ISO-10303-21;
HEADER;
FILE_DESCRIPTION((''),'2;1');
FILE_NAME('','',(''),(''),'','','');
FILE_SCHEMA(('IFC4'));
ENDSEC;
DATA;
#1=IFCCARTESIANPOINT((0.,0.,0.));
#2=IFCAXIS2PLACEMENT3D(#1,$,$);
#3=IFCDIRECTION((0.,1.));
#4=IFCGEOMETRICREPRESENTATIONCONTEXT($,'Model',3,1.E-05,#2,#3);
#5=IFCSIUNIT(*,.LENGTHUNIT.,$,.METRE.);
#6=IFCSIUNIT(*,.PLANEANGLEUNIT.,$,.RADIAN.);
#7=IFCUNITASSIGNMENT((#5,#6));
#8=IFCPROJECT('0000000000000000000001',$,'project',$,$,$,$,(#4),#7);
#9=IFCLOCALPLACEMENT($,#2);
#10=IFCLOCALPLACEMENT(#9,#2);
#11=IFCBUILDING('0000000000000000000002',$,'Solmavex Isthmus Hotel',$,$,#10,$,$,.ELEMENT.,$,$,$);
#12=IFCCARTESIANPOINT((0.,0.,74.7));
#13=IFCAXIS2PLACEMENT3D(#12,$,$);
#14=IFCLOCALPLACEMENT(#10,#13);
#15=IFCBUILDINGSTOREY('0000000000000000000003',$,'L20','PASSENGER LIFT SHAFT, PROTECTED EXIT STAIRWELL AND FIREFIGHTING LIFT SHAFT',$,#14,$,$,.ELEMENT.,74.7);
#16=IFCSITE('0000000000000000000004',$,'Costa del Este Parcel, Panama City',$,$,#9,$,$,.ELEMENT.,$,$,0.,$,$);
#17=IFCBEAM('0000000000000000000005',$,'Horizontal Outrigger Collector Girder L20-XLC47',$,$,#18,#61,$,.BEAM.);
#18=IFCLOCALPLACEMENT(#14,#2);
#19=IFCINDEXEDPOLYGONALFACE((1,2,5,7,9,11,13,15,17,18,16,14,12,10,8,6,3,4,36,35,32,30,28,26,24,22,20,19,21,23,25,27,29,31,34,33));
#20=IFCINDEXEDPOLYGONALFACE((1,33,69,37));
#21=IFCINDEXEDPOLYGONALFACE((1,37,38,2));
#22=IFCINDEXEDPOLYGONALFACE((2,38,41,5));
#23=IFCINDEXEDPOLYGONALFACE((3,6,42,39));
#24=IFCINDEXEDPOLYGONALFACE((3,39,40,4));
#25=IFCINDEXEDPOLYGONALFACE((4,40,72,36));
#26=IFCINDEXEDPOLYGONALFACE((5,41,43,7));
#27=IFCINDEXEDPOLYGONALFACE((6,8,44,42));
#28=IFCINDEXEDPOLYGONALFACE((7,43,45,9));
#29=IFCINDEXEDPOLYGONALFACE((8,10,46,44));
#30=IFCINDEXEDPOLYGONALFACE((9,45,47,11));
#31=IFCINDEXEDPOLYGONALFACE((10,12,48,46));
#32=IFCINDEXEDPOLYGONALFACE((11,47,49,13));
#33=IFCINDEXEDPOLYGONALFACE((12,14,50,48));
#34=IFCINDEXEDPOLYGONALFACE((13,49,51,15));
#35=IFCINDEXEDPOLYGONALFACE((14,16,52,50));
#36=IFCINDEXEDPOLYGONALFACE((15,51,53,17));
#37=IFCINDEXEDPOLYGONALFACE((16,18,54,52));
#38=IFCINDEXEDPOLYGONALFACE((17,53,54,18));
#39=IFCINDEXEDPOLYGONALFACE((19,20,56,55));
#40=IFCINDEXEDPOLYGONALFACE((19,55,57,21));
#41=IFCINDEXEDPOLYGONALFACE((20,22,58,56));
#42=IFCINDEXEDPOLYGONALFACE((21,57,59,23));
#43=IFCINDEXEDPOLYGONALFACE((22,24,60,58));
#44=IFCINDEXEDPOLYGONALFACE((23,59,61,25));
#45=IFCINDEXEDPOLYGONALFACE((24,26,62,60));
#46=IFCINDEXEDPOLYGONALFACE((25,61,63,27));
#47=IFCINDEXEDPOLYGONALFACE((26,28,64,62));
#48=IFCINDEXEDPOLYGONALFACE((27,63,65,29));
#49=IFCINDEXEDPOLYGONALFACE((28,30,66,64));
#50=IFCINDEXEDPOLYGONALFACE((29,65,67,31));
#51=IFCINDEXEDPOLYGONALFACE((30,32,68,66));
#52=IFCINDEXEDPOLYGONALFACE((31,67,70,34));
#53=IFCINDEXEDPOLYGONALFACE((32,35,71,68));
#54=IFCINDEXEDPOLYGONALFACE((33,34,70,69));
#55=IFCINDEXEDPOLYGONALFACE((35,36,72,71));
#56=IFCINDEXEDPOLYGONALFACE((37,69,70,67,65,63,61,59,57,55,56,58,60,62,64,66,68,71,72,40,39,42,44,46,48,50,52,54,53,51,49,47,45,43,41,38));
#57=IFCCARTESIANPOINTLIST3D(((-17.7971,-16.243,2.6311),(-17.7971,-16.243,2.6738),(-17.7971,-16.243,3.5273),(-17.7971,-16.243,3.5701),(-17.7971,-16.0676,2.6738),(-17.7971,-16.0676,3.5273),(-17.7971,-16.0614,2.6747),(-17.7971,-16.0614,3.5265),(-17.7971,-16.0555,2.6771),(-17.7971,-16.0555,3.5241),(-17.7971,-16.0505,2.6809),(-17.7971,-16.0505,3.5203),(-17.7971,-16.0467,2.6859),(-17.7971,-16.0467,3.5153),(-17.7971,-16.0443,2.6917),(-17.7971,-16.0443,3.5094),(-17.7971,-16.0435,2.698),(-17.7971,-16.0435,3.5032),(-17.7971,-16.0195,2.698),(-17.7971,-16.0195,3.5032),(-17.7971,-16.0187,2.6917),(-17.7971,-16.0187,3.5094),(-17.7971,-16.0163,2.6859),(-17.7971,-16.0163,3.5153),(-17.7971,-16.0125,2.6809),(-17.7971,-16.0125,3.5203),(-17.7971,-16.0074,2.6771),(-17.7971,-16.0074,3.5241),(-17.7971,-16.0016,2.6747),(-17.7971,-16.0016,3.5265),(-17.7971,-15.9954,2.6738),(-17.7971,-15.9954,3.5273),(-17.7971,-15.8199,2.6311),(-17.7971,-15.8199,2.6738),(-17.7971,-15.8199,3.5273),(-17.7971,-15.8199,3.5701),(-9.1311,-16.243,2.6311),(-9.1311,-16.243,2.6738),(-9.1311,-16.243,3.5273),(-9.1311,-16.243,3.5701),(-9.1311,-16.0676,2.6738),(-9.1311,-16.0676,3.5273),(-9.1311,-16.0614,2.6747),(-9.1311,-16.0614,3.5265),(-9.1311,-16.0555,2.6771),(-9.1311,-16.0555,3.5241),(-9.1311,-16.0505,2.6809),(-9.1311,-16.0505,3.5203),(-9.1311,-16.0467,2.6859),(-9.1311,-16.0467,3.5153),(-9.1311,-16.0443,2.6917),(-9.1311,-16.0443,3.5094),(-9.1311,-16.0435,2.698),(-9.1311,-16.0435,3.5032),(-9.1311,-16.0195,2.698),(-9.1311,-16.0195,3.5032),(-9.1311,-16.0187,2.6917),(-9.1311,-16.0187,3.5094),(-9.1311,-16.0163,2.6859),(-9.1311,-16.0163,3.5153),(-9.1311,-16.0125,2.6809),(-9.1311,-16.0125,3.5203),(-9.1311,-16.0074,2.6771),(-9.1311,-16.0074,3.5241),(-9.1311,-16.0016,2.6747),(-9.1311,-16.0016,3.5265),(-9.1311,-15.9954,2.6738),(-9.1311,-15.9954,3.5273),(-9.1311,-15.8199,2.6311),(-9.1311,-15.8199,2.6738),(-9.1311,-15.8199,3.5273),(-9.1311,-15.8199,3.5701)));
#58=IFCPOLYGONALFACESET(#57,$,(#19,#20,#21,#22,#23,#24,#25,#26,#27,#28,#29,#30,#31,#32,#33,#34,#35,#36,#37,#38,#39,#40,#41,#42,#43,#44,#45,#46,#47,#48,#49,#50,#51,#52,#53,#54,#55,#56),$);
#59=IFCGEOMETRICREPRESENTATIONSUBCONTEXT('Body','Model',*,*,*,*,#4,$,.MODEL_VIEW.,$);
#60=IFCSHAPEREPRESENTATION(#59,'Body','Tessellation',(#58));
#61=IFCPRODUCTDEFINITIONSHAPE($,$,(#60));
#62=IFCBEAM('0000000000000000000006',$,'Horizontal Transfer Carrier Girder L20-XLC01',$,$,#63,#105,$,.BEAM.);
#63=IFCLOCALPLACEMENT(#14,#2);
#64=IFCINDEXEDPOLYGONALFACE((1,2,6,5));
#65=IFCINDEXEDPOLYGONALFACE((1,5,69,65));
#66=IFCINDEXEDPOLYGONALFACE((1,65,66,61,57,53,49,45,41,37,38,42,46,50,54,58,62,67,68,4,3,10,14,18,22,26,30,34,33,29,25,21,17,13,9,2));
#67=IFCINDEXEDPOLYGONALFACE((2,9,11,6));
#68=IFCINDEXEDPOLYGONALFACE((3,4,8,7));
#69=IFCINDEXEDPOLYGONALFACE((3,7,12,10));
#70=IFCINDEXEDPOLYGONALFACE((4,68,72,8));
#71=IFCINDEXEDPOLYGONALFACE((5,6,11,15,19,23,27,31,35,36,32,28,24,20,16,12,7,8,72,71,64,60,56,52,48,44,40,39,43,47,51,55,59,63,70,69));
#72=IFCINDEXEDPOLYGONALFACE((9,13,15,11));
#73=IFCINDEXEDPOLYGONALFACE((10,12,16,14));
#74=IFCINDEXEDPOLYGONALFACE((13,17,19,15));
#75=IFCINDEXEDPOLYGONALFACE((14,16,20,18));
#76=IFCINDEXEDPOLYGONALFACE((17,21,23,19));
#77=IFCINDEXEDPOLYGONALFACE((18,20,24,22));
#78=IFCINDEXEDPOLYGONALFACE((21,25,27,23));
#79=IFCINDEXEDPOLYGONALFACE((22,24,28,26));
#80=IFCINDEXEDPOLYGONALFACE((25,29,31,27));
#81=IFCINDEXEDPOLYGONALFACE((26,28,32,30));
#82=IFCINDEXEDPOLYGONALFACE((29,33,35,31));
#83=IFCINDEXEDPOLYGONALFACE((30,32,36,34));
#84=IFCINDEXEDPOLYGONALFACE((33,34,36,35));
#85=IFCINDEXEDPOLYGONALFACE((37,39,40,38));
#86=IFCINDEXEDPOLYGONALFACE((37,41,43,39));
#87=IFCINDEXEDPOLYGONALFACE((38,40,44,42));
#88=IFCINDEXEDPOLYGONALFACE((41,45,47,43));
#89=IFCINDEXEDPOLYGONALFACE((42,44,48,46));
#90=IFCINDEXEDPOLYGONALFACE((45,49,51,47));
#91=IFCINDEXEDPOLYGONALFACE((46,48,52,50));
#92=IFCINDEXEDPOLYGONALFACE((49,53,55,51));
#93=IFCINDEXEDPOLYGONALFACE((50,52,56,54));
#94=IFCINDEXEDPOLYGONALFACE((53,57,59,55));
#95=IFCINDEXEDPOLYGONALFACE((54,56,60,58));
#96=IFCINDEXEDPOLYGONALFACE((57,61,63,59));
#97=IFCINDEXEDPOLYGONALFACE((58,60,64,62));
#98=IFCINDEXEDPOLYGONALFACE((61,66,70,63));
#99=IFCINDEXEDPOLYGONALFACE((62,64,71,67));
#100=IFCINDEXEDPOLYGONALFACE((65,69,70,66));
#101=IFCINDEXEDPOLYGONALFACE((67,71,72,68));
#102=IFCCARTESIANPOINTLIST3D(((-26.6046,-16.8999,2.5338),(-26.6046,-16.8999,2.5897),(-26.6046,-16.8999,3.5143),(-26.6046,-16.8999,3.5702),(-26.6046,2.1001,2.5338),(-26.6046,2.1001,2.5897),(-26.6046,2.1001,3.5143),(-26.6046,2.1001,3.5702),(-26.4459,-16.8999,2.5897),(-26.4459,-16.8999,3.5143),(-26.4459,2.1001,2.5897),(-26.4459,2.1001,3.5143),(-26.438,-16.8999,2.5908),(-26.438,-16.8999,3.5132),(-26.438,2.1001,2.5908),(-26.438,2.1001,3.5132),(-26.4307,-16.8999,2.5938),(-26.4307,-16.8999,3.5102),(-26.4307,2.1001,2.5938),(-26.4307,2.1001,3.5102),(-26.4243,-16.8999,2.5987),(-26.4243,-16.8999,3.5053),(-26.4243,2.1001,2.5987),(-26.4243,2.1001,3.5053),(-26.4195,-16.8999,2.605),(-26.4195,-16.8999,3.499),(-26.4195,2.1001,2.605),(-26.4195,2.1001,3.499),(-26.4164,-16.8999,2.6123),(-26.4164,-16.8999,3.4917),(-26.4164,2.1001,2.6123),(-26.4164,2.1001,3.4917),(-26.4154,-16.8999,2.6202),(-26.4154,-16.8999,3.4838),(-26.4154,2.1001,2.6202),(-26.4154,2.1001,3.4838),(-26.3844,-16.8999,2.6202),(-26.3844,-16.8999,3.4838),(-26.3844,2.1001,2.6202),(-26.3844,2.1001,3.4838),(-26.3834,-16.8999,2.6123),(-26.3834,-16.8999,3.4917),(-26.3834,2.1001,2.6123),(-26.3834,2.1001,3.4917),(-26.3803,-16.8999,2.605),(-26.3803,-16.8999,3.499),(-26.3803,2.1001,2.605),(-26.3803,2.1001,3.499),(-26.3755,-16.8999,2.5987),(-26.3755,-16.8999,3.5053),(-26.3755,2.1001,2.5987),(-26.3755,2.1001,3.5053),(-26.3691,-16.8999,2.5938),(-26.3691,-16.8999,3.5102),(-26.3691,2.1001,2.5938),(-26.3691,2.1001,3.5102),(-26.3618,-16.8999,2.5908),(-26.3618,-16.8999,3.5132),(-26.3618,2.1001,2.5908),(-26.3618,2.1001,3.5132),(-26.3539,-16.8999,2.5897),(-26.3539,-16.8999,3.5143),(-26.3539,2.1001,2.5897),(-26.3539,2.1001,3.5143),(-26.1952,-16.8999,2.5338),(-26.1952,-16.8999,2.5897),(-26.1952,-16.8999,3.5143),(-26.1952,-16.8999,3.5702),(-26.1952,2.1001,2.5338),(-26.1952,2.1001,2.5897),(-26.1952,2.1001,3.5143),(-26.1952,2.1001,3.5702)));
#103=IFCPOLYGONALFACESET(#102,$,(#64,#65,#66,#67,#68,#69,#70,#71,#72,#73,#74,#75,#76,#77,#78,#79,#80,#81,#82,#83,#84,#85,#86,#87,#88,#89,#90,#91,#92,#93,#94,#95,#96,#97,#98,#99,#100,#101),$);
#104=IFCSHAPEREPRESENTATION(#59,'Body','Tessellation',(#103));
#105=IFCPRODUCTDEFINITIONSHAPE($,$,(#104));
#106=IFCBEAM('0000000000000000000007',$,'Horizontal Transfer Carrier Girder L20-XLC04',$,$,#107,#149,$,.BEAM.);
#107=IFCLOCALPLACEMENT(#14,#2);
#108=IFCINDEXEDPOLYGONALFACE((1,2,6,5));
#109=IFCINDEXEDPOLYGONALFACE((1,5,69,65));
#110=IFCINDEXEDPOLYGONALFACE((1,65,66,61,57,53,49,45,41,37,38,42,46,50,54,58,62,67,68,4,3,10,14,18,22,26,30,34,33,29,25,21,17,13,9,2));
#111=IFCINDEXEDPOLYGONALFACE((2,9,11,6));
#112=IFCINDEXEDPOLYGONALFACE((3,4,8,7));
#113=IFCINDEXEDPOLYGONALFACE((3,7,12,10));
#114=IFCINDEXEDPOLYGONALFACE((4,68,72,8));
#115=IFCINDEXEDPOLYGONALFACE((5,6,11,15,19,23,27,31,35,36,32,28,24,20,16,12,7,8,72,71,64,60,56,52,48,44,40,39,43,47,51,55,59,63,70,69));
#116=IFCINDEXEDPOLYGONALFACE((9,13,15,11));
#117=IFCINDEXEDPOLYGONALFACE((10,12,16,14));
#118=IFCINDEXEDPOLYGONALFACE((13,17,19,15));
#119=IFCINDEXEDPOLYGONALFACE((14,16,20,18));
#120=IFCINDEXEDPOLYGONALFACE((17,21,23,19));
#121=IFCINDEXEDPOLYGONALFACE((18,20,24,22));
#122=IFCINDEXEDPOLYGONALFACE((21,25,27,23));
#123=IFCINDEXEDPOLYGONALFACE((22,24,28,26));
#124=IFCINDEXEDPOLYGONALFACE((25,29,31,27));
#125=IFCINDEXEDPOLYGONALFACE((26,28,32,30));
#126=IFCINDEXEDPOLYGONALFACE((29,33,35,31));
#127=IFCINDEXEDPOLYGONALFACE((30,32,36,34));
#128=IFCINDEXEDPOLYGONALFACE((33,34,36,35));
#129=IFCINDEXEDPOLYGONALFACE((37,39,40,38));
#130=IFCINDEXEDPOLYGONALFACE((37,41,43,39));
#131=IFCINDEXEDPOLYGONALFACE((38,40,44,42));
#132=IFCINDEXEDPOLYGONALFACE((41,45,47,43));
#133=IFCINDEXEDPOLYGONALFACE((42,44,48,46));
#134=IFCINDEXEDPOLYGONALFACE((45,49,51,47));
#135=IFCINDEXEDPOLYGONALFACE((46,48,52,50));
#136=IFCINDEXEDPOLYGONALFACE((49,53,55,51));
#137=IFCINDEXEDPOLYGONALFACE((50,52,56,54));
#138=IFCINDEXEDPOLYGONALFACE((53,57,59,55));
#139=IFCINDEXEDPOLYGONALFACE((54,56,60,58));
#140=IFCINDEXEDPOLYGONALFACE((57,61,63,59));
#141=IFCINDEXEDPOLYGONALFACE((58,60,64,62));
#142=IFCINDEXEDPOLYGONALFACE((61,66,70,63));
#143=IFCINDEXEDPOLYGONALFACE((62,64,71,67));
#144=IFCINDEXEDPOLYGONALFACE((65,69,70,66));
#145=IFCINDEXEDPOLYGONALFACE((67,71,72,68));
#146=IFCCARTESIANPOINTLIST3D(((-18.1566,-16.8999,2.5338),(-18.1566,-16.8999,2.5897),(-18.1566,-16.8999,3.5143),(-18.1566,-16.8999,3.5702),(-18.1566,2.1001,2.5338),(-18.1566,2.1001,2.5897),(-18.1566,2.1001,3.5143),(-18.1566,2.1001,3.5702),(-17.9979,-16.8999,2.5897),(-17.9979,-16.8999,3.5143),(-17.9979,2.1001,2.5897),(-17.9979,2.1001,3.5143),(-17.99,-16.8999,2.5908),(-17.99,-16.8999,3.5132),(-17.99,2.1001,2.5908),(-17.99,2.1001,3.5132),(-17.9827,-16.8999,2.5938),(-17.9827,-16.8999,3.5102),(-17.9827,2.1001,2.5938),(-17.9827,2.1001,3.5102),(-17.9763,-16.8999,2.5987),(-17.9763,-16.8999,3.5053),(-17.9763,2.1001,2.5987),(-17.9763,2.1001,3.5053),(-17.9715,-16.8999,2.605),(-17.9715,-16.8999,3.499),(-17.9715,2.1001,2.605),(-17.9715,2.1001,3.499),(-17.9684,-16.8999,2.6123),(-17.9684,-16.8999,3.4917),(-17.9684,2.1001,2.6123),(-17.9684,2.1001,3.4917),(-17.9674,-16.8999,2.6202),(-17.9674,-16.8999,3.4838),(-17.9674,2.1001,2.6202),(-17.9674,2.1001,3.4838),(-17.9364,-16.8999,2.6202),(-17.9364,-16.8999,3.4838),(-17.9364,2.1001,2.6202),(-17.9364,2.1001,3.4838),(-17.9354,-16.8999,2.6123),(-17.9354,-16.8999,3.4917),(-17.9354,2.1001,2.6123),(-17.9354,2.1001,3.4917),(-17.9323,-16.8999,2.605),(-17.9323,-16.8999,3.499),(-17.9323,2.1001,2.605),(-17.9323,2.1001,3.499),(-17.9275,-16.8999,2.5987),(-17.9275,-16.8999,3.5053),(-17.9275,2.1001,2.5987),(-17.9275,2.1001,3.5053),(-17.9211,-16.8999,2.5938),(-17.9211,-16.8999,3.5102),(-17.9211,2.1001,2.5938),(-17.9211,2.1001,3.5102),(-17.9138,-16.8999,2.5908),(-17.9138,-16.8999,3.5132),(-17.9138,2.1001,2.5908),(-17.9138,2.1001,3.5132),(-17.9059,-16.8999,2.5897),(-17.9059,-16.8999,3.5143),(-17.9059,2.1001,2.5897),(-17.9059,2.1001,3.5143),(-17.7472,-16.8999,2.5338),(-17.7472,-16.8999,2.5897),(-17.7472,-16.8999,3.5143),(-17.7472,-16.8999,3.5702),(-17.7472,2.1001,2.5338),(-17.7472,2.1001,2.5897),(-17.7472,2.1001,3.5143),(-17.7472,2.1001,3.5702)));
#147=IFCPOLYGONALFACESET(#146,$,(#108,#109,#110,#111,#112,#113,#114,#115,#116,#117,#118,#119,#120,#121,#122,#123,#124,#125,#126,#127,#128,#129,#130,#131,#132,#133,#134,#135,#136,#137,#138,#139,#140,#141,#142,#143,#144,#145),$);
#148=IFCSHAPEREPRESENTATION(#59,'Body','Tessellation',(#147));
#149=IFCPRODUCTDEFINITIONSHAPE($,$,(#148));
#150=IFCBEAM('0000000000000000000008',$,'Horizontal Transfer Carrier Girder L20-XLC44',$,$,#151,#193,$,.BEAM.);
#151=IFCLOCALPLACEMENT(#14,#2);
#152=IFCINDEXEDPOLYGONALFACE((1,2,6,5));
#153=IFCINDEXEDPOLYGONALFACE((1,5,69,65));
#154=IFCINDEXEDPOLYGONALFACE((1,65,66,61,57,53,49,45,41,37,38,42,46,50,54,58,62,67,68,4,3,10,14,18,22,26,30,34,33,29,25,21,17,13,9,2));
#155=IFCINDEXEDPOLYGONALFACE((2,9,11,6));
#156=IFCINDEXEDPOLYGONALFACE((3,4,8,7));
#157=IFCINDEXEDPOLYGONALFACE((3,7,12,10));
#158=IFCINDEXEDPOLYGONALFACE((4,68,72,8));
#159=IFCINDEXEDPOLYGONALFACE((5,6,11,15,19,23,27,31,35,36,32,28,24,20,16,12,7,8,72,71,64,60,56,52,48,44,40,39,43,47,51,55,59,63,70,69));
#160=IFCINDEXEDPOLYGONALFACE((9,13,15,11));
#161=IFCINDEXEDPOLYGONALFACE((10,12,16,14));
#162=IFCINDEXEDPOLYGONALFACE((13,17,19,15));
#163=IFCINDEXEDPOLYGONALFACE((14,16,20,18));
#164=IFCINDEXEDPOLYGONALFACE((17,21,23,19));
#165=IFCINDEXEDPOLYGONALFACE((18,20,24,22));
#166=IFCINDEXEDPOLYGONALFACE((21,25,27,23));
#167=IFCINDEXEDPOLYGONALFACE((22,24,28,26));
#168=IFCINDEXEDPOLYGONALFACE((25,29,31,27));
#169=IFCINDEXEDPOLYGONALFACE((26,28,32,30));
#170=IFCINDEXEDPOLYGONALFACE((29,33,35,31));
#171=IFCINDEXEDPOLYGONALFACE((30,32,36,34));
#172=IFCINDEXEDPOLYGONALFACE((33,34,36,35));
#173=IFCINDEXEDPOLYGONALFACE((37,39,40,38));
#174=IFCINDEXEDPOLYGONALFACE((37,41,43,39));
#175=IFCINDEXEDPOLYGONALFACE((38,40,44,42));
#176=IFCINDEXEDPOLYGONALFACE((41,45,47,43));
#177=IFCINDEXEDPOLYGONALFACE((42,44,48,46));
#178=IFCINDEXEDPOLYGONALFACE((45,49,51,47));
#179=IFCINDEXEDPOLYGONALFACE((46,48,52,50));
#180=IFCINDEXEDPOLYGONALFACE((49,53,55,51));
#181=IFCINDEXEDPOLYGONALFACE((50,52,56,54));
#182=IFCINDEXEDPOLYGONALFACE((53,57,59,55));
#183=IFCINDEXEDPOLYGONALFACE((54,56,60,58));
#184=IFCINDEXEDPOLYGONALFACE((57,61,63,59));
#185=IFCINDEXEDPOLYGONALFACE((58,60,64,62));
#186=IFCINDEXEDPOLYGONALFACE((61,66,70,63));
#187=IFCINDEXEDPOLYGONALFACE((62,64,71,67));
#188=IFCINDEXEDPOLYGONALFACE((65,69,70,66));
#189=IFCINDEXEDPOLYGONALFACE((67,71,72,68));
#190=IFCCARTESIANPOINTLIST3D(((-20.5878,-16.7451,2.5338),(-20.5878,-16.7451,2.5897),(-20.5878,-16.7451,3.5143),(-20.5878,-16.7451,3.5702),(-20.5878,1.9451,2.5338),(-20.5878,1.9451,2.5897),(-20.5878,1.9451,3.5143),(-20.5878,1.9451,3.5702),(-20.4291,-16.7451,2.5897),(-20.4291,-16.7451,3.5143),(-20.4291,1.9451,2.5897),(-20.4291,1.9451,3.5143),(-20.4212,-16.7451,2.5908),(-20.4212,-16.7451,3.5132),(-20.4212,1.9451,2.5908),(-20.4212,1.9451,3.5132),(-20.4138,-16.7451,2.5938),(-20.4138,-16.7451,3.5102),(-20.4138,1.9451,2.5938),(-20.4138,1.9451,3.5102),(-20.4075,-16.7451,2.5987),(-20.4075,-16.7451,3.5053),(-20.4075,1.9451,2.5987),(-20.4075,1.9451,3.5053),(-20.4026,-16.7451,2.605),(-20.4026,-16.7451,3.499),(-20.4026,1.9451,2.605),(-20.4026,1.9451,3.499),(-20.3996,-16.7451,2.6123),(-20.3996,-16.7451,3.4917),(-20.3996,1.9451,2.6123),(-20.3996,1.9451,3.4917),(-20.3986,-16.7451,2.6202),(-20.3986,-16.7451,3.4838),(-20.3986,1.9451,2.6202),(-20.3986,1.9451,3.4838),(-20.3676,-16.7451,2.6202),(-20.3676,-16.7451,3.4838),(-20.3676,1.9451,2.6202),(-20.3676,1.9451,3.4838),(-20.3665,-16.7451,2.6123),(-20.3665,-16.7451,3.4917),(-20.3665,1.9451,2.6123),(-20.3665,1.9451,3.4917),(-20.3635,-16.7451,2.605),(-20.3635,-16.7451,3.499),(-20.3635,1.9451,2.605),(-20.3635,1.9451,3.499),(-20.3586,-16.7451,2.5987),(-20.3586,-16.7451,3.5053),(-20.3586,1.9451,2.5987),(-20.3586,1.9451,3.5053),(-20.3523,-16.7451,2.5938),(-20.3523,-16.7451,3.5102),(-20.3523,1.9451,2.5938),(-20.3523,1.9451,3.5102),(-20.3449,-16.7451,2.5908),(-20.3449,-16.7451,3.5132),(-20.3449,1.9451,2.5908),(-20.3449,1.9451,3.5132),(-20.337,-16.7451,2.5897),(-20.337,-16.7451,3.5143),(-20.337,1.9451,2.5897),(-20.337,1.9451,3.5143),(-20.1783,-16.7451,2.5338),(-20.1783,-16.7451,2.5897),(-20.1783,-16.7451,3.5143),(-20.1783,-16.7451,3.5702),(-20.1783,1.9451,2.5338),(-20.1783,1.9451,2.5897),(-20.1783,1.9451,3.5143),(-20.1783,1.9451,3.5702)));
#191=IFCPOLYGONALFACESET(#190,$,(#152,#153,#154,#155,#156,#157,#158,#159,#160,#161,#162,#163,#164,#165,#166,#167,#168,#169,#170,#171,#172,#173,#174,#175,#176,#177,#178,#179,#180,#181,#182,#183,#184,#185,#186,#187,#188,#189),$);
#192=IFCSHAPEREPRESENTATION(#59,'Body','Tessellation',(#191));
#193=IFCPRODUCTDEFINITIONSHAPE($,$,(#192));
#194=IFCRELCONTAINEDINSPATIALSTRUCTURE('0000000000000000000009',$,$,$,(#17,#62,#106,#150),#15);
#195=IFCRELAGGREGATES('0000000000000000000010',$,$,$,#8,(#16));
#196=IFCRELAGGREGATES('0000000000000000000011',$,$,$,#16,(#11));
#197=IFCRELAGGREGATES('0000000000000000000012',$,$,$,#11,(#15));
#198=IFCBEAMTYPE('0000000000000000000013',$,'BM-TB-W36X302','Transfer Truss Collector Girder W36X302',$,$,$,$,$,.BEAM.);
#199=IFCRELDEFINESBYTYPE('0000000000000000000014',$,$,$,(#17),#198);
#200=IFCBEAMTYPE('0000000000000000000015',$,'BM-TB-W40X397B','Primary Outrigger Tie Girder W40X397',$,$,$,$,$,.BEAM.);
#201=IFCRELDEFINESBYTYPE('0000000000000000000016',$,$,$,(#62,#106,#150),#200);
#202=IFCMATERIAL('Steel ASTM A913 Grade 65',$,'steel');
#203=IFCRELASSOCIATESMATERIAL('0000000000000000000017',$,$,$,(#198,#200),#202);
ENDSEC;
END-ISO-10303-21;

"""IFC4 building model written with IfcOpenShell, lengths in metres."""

from ifc_helpers import new_model, si_unit, direction, frame, origin, origin_2d, place, context, subcontext, project, spatial, i_section, extrude, material, material_profile, profile_set, type_object, element, save


model = new_model("IFC4")

# Units and contexts
model_context = context("Model", 3, precision=1e-05, world=origin(), true_north=direction((0.0, 1.0)))
body_context = subcontext(model_context, "Body", "Model", "MODEL_VIEW")
ifc_project = project(units=[si_unit("LENGTHUNIT", "METRE"), si_unit("PLANEANGLEUNIT", "RADIAN")], contexts=[model_context])

# Site, building, storey
site_placement = place(None, origin())
site = spatial("IfcSite", under=ifc_project, at=site_placement, Name="Costa del Este Parcel, Panama City", CompositionType="ELEMENT", RefElevation=0.0)
building_placement = place(site_placement, origin())
building = spatial("IfcBuilding", under=site, at=building_placement, Name="Solmavex Isthmus Hotel", CompositionType="ELEMENT")
storey_placement = place(building_placement, frame((0.0, 0.0, 74.7)))
storey = spatial("IfcBuildingStorey", under=building, at=storey_placement, Name="L20", Description="PASSENGER LIFT SHAFT, PROTECTED EXIT STAIRWELL AND FIREFIGHTING LIFT SHAFT", CompositionType="ELEMENT", Elevation=74.7)

# Shared definitions
ifc_material_1 = material(Name="Steel ASTM A913 Grade 65", Category="steel")

# Beams
ifc_material_profile_1 = material_profile(ifc_material_1, i_section(OverallWidth=0.4231, OverallDepth=0.939, WebThickness=0.0239, FlangeThickness=0.0427, FilletRadius=0.0242, at=origin_2d()), Name="W36X302")
ifc_profile_set_1 = profile_set([ifc_material_profile_1], Name="Steel ASTM A913 Grade 65")
beam_type_1 = type_object("IfcBeamType", Name="BM-TB-W36X302", Description="Transfer Truss Collector Girder W36X302", PredefinedType="BEAM", material=ifc_profile_set_1)
beam_1_placement = place(storey_placement, frame((-17.7971, -16.0315, 3.1006), z_axis=(1.0, 0.0, 0.0), x_axis=(0.0, 1.0, 0.0)))
element("IfcBeam", 1, at=beam_1_placement, inside=storey, type_object=beam_type_1, Name="Horizontal Outrigger Collector Girder L20-XLC47", PredefinedType="BEAM", context=body_context, shape_type="SweptSolid", body=[
    extrude(i_section(OverallWidth=0.4231, OverallDepth=0.939, WebThickness=0.0239, FlangeThickness=0.0427, FilletRadius=0.0242, at=origin_2d()), origin(), (0.0, 0.0, 1.0), 8.666),
])
ifc_material_profile_2 = material_profile(ifc_material_1, i_section(OverallWidth=0.4094, OverallDepth=1.0364, WebThickness=0.031, FlangeThickness=0.0559, FilletRadius=0.0305, at=origin_2d()), Name="W40X397")
ifc_profile_set_2 = profile_set([ifc_material_profile_2], Name="Steel ASTM A913 Grade 65")
beam_type_2 = type_object("IfcBeamType", Name="BM-TB-W40X397B", Description="Primary Outrigger Tie Girder W40X397", PredefinedType="BEAM", material=ifc_profile_set_2)
for number, where, z_axis, x_axis, name in (
    (2, (-26.3999, -16.8999, 3.052), (0.0, 1.0, 0.0), (-1.0, 0.0, 0.0), "Horizontal Transfer Carrier Girder L20-XLC01"),
    (3, (-17.9519, -16.8999, 3.052), (0.0, 1.0, 0.0), (-1.0, 0.0, 0.0), "Horizontal Transfer Carrier Girder L20-XLC04"),
):
    element("IfcBeam", number, at=place(storey_placement, frame(where, z_axis=z_axis, x_axis=x_axis)), inside=storey, type_object=beam_type_2, Name=name, PredefinedType="BEAM", context=body_context, shape_type="SweptSolid", body=[
        extrude(i_section(OverallWidth=0.4094, OverallDepth=1.0364, WebThickness=0.031, FlangeThickness=0.0559, FilletRadius=0.0305, at=origin_2d()), origin(), (0.0, 0.0, 1.0), 19.0),
    ])
beam_2_placement = place(storey_placement, frame((-20.3831, -16.7451, 3.052), z_axis=(0.0, 1.0, 0.0), x_axis=(-1.0, 0.0, 0.0)))
element("IfcBeam", 4, at=beam_2_placement, inside=storey, type_object=beam_type_2, Name="Horizontal Transfer Carrier Girder L20-XLC44", PredefinedType="BEAM", context=body_context, shape_type="SweptSolid", body=[
    extrude(i_section(OverallWidth=0.4094, OverallDepth=1.0364, WebThickness=0.031, FlangeThickness=0.0559, FilletRadius=0.0305, at=origin_2d()), origin(), (0.0, 0.0, 1.0), 18.6902),
])

save(model, "model.ifc")
